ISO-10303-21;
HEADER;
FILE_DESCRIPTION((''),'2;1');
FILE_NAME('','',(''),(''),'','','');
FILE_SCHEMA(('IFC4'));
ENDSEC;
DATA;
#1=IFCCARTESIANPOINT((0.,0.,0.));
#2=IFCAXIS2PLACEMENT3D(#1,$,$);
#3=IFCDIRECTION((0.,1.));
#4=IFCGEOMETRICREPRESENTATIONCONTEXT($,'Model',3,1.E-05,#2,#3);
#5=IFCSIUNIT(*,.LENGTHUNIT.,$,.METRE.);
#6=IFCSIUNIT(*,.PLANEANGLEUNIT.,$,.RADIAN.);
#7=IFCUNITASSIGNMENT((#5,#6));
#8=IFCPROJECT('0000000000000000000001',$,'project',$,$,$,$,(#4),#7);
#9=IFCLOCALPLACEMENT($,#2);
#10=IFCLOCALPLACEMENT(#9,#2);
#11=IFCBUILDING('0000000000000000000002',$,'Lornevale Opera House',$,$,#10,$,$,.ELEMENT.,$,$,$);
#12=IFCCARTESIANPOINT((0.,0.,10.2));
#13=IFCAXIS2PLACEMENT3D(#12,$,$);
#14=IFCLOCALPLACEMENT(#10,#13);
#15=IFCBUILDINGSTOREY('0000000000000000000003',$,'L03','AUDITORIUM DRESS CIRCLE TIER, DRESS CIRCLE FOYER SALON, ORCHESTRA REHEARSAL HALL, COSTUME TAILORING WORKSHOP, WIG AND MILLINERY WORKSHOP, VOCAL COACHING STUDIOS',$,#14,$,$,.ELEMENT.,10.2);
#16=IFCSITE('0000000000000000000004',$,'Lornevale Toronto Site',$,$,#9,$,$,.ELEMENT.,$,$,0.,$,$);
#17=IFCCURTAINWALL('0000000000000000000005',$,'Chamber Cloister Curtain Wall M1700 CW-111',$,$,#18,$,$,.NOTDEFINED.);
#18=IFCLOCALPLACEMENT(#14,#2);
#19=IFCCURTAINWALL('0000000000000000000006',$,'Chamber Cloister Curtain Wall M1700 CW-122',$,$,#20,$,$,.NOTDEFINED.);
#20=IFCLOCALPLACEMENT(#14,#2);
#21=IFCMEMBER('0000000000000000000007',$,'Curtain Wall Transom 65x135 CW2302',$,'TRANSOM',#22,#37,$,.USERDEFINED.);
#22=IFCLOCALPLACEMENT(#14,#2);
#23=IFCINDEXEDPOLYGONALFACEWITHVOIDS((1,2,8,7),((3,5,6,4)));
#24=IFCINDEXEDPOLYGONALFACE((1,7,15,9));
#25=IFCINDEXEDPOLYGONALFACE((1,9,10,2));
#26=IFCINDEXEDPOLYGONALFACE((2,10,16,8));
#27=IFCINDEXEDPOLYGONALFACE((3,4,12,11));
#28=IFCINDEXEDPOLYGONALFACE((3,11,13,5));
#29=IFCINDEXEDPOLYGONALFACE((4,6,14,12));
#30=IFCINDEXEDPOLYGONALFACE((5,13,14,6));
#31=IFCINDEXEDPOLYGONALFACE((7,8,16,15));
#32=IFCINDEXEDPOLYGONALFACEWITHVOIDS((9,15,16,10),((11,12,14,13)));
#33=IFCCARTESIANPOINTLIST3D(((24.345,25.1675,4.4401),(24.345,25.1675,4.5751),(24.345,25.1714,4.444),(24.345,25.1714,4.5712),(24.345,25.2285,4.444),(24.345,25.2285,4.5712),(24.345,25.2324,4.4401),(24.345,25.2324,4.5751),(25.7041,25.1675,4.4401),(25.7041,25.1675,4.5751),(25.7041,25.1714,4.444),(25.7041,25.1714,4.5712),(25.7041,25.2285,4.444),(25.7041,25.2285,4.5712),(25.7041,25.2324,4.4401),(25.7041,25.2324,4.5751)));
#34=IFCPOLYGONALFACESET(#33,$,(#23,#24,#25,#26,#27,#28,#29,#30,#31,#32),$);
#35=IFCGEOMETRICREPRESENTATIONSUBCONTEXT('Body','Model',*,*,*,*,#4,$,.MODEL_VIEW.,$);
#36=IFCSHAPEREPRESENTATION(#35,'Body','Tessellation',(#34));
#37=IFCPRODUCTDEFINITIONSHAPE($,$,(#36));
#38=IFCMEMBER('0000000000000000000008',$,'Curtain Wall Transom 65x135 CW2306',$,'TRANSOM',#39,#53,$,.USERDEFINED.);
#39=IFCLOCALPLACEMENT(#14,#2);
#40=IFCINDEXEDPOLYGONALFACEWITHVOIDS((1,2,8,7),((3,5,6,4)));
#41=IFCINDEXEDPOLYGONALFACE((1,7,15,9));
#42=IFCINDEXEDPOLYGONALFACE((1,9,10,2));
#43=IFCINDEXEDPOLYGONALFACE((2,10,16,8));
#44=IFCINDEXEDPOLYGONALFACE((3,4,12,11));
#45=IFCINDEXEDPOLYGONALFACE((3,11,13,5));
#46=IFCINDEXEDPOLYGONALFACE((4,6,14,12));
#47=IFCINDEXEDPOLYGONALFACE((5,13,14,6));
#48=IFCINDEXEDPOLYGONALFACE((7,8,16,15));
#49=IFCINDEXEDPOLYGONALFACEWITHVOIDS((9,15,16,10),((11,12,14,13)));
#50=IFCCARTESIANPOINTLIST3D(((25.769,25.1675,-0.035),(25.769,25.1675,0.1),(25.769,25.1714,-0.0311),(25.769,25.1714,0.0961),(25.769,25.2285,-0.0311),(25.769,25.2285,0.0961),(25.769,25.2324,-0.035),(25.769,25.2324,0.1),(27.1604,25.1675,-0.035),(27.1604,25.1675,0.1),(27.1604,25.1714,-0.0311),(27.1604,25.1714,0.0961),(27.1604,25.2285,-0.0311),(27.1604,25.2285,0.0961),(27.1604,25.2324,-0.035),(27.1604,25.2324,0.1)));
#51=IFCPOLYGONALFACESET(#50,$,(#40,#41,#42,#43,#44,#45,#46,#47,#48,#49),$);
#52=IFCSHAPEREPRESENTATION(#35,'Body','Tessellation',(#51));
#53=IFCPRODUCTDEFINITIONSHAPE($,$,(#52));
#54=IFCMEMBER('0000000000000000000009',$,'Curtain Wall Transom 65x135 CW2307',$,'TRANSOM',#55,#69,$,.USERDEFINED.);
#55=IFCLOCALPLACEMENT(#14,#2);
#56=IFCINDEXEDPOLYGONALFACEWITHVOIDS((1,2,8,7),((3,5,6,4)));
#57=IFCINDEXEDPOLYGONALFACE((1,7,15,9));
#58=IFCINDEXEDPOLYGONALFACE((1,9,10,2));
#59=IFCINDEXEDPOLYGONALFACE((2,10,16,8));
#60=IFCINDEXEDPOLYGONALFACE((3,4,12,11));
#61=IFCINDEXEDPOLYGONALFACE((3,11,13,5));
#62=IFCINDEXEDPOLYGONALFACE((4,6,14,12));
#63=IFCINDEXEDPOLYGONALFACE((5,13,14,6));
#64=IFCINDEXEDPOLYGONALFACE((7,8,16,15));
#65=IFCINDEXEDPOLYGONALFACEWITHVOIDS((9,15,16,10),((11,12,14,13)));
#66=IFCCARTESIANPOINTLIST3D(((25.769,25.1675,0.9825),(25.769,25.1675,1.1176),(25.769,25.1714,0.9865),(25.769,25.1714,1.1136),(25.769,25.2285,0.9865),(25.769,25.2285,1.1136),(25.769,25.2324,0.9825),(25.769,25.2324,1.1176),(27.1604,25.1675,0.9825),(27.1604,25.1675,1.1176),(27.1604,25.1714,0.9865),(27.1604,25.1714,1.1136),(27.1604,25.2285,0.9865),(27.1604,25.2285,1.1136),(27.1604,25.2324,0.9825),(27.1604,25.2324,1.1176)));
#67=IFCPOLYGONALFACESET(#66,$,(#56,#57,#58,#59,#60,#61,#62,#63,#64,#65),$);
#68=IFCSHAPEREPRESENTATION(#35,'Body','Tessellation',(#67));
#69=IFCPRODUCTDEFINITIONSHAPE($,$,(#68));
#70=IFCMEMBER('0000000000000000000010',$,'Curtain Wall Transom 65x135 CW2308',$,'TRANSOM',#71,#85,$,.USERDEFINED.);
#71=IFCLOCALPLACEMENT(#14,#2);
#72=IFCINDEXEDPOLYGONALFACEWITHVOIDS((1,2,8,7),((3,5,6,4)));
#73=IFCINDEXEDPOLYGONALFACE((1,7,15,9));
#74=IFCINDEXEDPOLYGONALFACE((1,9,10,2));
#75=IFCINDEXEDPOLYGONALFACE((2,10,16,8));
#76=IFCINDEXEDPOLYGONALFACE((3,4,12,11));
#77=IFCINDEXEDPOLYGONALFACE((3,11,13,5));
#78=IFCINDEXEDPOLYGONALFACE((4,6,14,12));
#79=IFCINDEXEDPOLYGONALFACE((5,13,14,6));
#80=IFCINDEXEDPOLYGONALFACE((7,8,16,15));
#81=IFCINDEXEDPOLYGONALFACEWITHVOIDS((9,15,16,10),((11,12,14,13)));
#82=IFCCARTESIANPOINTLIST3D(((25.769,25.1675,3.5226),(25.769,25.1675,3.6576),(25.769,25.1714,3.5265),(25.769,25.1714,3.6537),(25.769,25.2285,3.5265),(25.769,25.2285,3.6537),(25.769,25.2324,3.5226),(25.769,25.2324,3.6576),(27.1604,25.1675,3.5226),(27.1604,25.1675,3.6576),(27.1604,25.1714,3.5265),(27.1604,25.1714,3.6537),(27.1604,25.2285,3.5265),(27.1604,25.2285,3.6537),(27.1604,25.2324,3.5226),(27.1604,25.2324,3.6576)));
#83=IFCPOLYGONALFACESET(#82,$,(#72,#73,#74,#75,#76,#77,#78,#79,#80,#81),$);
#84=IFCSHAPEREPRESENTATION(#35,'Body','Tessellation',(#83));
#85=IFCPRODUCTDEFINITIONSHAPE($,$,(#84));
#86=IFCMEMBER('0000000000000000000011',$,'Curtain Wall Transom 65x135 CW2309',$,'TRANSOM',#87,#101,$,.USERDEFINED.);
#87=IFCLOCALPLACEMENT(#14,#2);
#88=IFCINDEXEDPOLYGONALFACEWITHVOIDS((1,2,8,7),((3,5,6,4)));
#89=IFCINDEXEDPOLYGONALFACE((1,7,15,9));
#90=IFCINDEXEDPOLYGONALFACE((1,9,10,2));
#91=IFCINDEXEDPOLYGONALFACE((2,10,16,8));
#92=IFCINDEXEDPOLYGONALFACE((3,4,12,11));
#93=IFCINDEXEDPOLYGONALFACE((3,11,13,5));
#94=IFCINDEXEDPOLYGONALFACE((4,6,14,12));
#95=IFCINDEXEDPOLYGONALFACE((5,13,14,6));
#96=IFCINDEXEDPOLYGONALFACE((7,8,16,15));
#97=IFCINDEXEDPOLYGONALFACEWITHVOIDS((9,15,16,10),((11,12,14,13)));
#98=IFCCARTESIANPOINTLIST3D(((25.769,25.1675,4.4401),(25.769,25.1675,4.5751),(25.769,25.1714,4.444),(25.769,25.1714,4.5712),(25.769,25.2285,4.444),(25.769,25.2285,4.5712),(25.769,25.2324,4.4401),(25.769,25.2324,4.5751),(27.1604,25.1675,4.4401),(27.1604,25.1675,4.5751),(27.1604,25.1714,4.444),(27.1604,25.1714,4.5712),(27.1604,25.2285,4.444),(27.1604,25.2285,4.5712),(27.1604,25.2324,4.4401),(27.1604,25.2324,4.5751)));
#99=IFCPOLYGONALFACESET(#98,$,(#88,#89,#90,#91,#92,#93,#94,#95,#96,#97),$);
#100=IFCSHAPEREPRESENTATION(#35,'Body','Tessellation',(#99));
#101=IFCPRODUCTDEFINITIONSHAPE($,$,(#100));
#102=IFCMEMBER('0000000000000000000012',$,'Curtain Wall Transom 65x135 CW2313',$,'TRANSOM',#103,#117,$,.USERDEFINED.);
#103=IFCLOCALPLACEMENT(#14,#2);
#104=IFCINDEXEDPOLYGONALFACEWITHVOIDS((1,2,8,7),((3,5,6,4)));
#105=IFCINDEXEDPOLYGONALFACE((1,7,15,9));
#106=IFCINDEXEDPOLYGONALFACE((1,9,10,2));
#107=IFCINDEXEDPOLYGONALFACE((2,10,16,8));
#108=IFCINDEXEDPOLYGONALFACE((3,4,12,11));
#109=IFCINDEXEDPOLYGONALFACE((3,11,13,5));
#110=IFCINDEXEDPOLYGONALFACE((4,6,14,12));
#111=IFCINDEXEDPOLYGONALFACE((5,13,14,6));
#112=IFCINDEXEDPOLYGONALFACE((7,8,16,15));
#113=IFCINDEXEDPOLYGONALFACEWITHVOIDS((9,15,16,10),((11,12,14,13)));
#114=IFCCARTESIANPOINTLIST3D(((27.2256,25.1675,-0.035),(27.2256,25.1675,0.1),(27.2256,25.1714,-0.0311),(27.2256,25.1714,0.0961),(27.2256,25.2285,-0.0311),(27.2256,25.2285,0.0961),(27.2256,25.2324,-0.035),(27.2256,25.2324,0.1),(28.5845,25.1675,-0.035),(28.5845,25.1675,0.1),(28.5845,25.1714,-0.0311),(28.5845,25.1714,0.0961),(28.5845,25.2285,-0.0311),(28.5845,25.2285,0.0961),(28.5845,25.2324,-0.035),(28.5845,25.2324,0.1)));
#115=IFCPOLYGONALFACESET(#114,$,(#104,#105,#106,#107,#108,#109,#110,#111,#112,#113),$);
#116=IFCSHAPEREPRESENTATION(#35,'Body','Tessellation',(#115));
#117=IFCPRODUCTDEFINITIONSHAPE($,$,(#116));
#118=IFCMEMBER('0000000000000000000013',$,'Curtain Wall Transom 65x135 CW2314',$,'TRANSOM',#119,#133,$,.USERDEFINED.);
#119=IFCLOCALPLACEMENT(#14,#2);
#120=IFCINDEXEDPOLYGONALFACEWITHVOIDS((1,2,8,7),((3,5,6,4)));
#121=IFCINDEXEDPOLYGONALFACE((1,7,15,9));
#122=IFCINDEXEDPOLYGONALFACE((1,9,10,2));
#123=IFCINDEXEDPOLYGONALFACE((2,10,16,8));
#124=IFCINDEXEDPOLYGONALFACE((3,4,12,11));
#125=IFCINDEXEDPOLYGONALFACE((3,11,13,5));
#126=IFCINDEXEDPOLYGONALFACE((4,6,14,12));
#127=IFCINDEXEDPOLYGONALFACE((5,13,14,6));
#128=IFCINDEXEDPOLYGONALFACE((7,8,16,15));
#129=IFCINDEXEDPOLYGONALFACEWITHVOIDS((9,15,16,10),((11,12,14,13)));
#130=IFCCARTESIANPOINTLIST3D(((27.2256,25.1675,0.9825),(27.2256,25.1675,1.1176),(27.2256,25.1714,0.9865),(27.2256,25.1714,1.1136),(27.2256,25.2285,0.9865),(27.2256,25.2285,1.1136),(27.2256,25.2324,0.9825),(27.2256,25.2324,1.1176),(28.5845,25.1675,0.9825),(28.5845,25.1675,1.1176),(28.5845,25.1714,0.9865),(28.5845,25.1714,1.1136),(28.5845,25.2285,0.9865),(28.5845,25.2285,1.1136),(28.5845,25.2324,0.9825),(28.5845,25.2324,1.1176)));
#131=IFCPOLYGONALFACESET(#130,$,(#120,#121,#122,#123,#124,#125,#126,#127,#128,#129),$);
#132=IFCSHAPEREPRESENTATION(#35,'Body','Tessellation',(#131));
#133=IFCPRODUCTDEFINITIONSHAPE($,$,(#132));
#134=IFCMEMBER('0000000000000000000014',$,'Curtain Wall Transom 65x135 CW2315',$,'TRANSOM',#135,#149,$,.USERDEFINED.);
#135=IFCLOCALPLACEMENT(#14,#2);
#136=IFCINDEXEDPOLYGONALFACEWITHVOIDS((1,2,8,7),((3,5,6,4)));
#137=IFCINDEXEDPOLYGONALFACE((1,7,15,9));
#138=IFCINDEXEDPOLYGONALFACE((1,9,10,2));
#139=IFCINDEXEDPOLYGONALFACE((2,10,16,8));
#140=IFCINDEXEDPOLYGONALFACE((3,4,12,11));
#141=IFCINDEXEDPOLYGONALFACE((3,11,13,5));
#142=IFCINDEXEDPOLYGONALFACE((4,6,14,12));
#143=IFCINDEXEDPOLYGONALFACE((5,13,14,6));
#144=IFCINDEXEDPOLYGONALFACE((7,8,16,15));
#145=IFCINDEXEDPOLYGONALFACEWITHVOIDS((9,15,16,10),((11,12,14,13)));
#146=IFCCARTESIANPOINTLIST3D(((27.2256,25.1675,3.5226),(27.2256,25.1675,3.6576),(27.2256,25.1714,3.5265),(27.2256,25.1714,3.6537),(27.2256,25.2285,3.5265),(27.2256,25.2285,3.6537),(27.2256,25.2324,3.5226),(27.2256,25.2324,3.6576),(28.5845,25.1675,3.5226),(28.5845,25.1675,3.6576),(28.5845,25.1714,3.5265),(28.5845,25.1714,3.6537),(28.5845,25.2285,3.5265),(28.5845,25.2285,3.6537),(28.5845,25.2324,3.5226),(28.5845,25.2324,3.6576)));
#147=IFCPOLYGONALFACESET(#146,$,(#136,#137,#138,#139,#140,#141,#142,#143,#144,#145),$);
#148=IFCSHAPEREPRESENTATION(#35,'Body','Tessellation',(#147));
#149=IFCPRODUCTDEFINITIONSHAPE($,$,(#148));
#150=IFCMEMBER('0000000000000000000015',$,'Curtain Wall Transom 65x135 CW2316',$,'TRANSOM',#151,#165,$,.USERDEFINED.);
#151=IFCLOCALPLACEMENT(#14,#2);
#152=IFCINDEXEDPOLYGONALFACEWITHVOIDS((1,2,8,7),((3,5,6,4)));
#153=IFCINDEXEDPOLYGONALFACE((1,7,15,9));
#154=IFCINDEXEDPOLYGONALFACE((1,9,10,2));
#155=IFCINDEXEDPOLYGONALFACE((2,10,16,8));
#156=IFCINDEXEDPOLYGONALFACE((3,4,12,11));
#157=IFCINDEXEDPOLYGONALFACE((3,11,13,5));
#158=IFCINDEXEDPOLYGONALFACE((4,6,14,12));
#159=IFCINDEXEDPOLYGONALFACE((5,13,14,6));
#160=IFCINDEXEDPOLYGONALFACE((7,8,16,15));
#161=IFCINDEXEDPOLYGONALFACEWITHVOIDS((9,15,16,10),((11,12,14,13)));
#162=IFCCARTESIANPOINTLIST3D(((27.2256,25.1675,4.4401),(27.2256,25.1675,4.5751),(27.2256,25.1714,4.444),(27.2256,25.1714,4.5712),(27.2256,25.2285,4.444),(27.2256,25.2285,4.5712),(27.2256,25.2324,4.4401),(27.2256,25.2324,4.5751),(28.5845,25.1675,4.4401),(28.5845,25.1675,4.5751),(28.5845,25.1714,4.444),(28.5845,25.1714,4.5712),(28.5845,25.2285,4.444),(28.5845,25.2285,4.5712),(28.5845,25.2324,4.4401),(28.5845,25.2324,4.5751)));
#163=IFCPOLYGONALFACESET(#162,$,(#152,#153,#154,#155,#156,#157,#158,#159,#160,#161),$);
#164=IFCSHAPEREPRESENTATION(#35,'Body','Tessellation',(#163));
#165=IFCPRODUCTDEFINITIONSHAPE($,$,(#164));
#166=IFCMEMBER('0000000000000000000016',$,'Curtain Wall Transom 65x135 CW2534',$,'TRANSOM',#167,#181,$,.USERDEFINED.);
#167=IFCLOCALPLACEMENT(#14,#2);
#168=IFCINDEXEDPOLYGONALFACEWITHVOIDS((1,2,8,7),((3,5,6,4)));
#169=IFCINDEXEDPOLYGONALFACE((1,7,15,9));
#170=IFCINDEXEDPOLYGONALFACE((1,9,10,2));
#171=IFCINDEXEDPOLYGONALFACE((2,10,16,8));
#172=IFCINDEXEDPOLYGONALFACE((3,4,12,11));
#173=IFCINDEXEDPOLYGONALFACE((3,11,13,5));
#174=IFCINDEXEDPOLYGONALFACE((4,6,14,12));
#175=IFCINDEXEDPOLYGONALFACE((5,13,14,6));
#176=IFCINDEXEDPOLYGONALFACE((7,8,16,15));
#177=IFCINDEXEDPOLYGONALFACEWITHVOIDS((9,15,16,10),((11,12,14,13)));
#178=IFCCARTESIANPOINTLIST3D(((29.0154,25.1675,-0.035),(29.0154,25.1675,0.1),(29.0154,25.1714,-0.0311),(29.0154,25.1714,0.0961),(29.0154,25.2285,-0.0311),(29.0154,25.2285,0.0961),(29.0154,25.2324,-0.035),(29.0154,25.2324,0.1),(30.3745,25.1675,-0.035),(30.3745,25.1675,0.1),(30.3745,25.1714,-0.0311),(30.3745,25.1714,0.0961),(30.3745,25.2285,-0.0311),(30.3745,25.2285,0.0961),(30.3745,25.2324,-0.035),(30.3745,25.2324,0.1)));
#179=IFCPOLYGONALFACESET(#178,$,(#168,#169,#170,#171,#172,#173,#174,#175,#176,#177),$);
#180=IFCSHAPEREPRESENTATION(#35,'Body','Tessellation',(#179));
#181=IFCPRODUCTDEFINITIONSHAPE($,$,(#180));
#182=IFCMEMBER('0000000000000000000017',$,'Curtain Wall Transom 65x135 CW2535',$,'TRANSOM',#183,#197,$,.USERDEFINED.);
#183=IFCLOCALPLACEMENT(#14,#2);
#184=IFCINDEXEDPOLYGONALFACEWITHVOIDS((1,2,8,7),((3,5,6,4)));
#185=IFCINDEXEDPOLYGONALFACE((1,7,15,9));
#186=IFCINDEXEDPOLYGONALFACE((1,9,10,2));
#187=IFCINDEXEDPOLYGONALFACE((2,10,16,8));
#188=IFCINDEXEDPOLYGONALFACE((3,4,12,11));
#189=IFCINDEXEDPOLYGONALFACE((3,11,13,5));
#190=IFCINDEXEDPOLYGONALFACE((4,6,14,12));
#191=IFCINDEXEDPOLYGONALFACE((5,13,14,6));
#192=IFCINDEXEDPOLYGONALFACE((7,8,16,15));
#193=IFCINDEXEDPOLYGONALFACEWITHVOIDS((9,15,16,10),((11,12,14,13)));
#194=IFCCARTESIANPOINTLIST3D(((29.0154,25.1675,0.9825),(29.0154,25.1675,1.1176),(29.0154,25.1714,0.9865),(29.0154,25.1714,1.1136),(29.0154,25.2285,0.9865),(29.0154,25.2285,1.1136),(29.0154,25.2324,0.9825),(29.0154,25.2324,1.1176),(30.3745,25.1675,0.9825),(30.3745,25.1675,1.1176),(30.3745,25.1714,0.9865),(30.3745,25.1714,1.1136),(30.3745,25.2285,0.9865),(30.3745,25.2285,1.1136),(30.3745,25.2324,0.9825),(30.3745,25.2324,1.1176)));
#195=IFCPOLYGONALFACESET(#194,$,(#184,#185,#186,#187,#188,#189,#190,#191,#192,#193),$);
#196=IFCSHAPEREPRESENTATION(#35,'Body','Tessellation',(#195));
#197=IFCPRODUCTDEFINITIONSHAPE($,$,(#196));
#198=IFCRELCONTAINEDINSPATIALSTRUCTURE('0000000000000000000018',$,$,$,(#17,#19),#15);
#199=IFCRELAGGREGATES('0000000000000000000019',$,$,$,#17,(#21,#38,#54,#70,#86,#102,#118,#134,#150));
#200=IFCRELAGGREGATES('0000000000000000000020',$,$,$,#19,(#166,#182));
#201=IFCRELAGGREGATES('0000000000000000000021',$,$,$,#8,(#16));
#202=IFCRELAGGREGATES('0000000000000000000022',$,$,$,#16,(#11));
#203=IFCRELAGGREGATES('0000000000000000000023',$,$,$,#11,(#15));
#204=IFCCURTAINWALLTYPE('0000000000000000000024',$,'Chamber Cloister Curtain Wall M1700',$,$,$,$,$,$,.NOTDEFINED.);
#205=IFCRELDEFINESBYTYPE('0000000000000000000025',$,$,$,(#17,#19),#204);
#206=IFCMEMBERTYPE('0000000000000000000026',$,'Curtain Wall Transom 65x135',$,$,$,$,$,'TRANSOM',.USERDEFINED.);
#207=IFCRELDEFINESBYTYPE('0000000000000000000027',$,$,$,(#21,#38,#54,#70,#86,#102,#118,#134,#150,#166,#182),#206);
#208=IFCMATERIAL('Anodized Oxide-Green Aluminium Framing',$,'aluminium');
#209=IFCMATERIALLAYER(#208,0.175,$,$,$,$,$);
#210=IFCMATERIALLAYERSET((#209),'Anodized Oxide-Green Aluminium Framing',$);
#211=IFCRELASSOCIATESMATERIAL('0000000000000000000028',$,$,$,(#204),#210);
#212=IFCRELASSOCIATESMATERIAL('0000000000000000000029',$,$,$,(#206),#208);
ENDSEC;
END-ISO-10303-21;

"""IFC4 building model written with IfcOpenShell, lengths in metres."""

from ifc_helpers import new_model, si_unit, direction, frame, origin, origin_2d, place, context, subcontext, project, spatial, hollow_rectangle, extrude, material, layer, layer_set, material_profile, profile_set, type_object, element, aggregate, save


model = new_model("IFC4")

# Units and contexts
model_context = context("Model", 3, precision=1e-05, world=origin(), true_north=direction((0.0, 1.0)))
body_context = subcontext(model_context, "Body", "Model", "MODEL_VIEW")
ifc_project = project(units=[si_unit("LENGTHUNIT", "METRE"), si_unit("PLANEANGLEUNIT", "RADIAN")], contexts=[model_context])

# Site, building, storey
site_placement = place(None, origin())
site = spatial("IfcSite", under=ifc_project, at=site_placement, Name="Lornevale Toronto Site", CompositionType="ELEMENT", RefElevation=0.0)
building_placement = place(site_placement, origin())
building = spatial("IfcBuilding", under=site, at=building_placement, Name="Lornevale Opera House", CompositionType="ELEMENT")
storey_placement = place(building_placement, frame((0.0, 0.0, 10.2)))
storey = spatial("IfcBuildingStorey", under=building, at=storey_placement, Name="L03", Description="AUDITORIUM DRESS CIRCLE TIER, DRESS CIRCLE FOYER SALON, ORCHESTRA REHEARSAL HALL, COSTUME TAILORING WORKSHOP, WIG AND MILLINERY WORKSHOP, VOCAL COACHING STUDIOS", CompositionType="ELEMENT", Elevation=10.2)

# Curtain wall
ifc_material_1 = material(Name="Anodized Oxide-Green Aluminium Framing", Category="aluminium")
ifc_layer_1 = layer(ifc_material_1, 0.175)
ifc_layer_set_1 = layer_set([ifc_layer_1], Name="Anodized Oxide-Green Aluminium Framing")
curtain_wall_type = type_object("IfcCurtainWallType", Name="Chamber Cloister Curtain Wall M1700", PredefinedType="NOTDEFINED", material=ifc_layer_set_1)
curtain_wall_1_placement = place(storey_placement, origin())
curtain_wall_1 = element("IfcCurtainWall", 1, at=curtain_wall_1_placement, inside=storey, type_object=curtain_wall_type, Name="Chamber Cloister Curtain Wall M1700 CW-111", PredefinedType="NOTDEFINED")

# Curtain wall
curtain_wall_2_placement = place(storey_placement, origin())
curtain_wall_2 = element("IfcCurtainWall", 2, at=curtain_wall_2_placement, inside=storey, type_object=curtain_wall_type, Name="Chamber Cloister Curtain Wall M1700 CW-122", PredefinedType="NOTDEFINED")

# Members
ifc_material_profile_1 = material_profile(ifc_material_1, hollow_rectangle(XDim=0.0649, YDim=0.135, WallThickness=0.0039, at=origin_2d()), Name="ALU65x135x4")
ifc_profile_set_1 = profile_set([ifc_material_profile_1], Name="Anodized Oxide-Green Aluminium Framing")
member_type_1 = type_object("IfcMemberType", Name="Curtain Wall Transom 65x135", ElementType="TRANSOM", PredefinedType="USERDEFINED", material=ifc_profile_set_1)
member_1_placement = place(storey_placement, frame((24.345, 25.2, 4.5076), z_axis=(1.0, 0.0, 0.0), x_axis=(0.0, 1.0, 0.0)))
member_1 = element("IfcMember", 3, at=member_1_placement, type_object=member_type_1, Name="Curtain Wall Transom 65x135 CW2302", ObjectType="TRANSOM", PredefinedType="USERDEFINED", context=body_context, shape_type="SweptSolid", body=[
    extrude(hollow_rectangle(XDim=0.0649, YDim=0.135, WallThickness=0.0039, at=origin_2d()), origin(), (0.0, 0.0, 1.0), 1.3591),
])
member_2_placement = place(storey_placement, frame((25.769, 25.2, 0.0325), z_axis=(1.0, 0.0, 0.0), x_axis=(0.0, 1.0, 0.0)))
member_2 = element("IfcMember", 4, at=member_2_placement, type_object=member_type_1, Name="Curtain Wall Transom 65x135 CW2306", ObjectType="TRANSOM", PredefinedType="USERDEFINED", context=body_context, shape_type="SweptSolid", body=[
    extrude(hollow_rectangle(XDim=0.0649, YDim=0.135, WallThickness=0.0039, at=origin_2d()), origin(), (0.0, 0.0, 1.0), 1.3914),
])
member_3_placement = place(storey_placement, frame((25.769, 25.2, 1.05), z_axis=(1.0, 0.0, 0.0), x_axis=(0.0, 1.0, 0.0)))
member_3 = element("IfcMember", 5, at=member_3_placement, type_object=member_type_1, Name="Curtain Wall Transom 65x135 CW2307", ObjectType="TRANSOM", PredefinedType="USERDEFINED", context=body_context, shape_type="SweptSolid", body=[
    extrude(hollow_rectangle(XDim=0.0649, YDim=0.135, WallThickness=0.0039, at=origin_2d()), origin(), (0.0, 0.0, 1.0), 1.3914),
])
member_4_placement = place(storey_placement, frame((25.769, 25.2, 3.5901), z_axis=(1.0, 0.0, 0.0), x_axis=(0.0, 1.0, 0.0)))
member_4 = element("IfcMember", 6, at=member_4_placement, type_object=member_type_1, Name="Curtain Wall Transom 65x135 CW2308", ObjectType="TRANSOM", PredefinedType="USERDEFINED", context=body_context, shape_type="SweptSolid", body=[
    extrude(hollow_rectangle(XDim=0.0649, YDim=0.135, WallThickness=0.0039, at=origin_2d()), origin(), (0.0, 0.0, 1.0), 1.3914),
])
member_5_placement = place(storey_placement, frame((25.769, 25.2, 4.5076), z_axis=(1.0, 0.0, 0.0), x_axis=(0.0, 1.0, 0.0)))
member_5 = element("IfcMember", 7, at=member_5_placement, type_object=member_type_1, Name="Curtain Wall Transom 65x135 CW2309", ObjectType="TRANSOM", PredefinedType="USERDEFINED", context=body_context, shape_type="SweptSolid", body=[
    extrude(hollow_rectangle(XDim=0.0649, YDim=0.135, WallThickness=0.0039, at=origin_2d()), origin(), (0.0, 0.0, 1.0), 1.3914),
])
member_6_placement = place(storey_placement, frame((27.2256, 25.2, 0.0325), z_axis=(1.0, 0.0, 0.0), x_axis=(0.0, 1.0, 0.0)))
member_6 = element("IfcMember", 8, at=member_6_placement, type_object=member_type_1, Name="Curtain Wall Transom 65x135 CW2313", ObjectType="TRANSOM", PredefinedType="USERDEFINED", context=body_context, shape_type="SweptSolid", body=[
    extrude(hollow_rectangle(XDim=0.0649, YDim=0.135, WallThickness=0.0039, at=origin_2d()), origin(), (0.0, 0.0, 1.0), 1.3589),
])
member_7_placement = place(storey_placement, frame((27.2256, 25.2, 1.05), z_axis=(1.0, 0.0, 0.0), x_axis=(0.0, 1.0, 0.0)))
member_7 = element("IfcMember", 9, at=member_7_placement, type_object=member_type_1, Name="Curtain Wall Transom 65x135 CW2314", ObjectType="TRANSOM", PredefinedType="USERDEFINED", context=body_context, shape_type="SweptSolid", body=[
    extrude(hollow_rectangle(XDim=0.0649, YDim=0.135, WallThickness=0.0039, at=origin_2d()), origin(), (0.0, 0.0, 1.0), 1.3589),
])
member_8_placement = place(storey_placement, frame((27.2256, 25.2, 3.5901), z_axis=(1.0, 0.0, 0.0), x_axis=(0.0, 1.0, 0.0)))
member_8 = element("IfcMember", 10, at=member_8_placement, type_object=member_type_1, Name="Curtain Wall Transom 65x135 CW2315", ObjectType="TRANSOM", PredefinedType="USERDEFINED", context=body_context, shape_type="SweptSolid", body=[
    extrude(hollow_rectangle(XDim=0.0649, YDim=0.135, WallThickness=0.0039, at=origin_2d()), origin(), (0.0, 0.0, 1.0), 1.3589),
])
member_9_placement = place(storey_placement, frame((27.2256, 25.2, 4.5076), z_axis=(1.0, 0.0, 0.0), x_axis=(0.0, 1.0, 0.0)))
member_9 = element("IfcMember", 11, at=member_9_placement, type_object=member_type_1, Name="Curtain Wall Transom 65x135 CW2316", ObjectType="TRANSOM", PredefinedType="USERDEFINED", context=body_context, shape_type="SweptSolid", body=[
    extrude(hollow_rectangle(XDim=0.0649, YDim=0.135, WallThickness=0.0039, at=origin_2d()), origin(), (0.0, 0.0, 1.0), 1.3589),
])
member_10_placement = place(storey_placement, frame((29.0154, 25.2, 0.0325), z_axis=(1.0, 0.0, 0.0), x_axis=(0.0, 1.0, 0.0)))
member_10 = element("IfcMember", 12, at=member_10_placement, type_object=member_type_1, Name="Curtain Wall Transom 65x135 CW2534", ObjectType="TRANSOM", PredefinedType="USERDEFINED", context=body_context, shape_type="SweptSolid", body=[
    extrude(hollow_rectangle(XDim=0.0649, YDim=0.135, WallThickness=0.0039, at=origin_2d()), origin(), (0.0, 0.0, 1.0), 1.3591),
])
member_11_placement = place(storey_placement, frame((29.0154, 25.2, 1.05), z_axis=(1.0, 0.0, 0.0), x_axis=(0.0, 1.0, 0.0)))
member_11 = element("IfcMember", 13, at=member_11_placement, type_object=member_type_1, Name="Curtain Wall Transom 65x135 CW2535", ObjectType="TRANSOM", PredefinedType="USERDEFINED", context=body_context, shape_type="SweptSolid", body=[
    extrude(hollow_rectangle(XDim=0.0649, YDim=0.135, WallThickness=0.0039, at=origin_2d()), origin(), (0.0, 0.0, 1.0), 1.3591),
])

aggregate(curtain_wall_1, [member_1, member_2, member_3, member_4, member_5, member_6, member_7, member_8, member_9])
aggregate(curtain_wall_2, [member_10, member_11])

save(model, "model.ifc")
